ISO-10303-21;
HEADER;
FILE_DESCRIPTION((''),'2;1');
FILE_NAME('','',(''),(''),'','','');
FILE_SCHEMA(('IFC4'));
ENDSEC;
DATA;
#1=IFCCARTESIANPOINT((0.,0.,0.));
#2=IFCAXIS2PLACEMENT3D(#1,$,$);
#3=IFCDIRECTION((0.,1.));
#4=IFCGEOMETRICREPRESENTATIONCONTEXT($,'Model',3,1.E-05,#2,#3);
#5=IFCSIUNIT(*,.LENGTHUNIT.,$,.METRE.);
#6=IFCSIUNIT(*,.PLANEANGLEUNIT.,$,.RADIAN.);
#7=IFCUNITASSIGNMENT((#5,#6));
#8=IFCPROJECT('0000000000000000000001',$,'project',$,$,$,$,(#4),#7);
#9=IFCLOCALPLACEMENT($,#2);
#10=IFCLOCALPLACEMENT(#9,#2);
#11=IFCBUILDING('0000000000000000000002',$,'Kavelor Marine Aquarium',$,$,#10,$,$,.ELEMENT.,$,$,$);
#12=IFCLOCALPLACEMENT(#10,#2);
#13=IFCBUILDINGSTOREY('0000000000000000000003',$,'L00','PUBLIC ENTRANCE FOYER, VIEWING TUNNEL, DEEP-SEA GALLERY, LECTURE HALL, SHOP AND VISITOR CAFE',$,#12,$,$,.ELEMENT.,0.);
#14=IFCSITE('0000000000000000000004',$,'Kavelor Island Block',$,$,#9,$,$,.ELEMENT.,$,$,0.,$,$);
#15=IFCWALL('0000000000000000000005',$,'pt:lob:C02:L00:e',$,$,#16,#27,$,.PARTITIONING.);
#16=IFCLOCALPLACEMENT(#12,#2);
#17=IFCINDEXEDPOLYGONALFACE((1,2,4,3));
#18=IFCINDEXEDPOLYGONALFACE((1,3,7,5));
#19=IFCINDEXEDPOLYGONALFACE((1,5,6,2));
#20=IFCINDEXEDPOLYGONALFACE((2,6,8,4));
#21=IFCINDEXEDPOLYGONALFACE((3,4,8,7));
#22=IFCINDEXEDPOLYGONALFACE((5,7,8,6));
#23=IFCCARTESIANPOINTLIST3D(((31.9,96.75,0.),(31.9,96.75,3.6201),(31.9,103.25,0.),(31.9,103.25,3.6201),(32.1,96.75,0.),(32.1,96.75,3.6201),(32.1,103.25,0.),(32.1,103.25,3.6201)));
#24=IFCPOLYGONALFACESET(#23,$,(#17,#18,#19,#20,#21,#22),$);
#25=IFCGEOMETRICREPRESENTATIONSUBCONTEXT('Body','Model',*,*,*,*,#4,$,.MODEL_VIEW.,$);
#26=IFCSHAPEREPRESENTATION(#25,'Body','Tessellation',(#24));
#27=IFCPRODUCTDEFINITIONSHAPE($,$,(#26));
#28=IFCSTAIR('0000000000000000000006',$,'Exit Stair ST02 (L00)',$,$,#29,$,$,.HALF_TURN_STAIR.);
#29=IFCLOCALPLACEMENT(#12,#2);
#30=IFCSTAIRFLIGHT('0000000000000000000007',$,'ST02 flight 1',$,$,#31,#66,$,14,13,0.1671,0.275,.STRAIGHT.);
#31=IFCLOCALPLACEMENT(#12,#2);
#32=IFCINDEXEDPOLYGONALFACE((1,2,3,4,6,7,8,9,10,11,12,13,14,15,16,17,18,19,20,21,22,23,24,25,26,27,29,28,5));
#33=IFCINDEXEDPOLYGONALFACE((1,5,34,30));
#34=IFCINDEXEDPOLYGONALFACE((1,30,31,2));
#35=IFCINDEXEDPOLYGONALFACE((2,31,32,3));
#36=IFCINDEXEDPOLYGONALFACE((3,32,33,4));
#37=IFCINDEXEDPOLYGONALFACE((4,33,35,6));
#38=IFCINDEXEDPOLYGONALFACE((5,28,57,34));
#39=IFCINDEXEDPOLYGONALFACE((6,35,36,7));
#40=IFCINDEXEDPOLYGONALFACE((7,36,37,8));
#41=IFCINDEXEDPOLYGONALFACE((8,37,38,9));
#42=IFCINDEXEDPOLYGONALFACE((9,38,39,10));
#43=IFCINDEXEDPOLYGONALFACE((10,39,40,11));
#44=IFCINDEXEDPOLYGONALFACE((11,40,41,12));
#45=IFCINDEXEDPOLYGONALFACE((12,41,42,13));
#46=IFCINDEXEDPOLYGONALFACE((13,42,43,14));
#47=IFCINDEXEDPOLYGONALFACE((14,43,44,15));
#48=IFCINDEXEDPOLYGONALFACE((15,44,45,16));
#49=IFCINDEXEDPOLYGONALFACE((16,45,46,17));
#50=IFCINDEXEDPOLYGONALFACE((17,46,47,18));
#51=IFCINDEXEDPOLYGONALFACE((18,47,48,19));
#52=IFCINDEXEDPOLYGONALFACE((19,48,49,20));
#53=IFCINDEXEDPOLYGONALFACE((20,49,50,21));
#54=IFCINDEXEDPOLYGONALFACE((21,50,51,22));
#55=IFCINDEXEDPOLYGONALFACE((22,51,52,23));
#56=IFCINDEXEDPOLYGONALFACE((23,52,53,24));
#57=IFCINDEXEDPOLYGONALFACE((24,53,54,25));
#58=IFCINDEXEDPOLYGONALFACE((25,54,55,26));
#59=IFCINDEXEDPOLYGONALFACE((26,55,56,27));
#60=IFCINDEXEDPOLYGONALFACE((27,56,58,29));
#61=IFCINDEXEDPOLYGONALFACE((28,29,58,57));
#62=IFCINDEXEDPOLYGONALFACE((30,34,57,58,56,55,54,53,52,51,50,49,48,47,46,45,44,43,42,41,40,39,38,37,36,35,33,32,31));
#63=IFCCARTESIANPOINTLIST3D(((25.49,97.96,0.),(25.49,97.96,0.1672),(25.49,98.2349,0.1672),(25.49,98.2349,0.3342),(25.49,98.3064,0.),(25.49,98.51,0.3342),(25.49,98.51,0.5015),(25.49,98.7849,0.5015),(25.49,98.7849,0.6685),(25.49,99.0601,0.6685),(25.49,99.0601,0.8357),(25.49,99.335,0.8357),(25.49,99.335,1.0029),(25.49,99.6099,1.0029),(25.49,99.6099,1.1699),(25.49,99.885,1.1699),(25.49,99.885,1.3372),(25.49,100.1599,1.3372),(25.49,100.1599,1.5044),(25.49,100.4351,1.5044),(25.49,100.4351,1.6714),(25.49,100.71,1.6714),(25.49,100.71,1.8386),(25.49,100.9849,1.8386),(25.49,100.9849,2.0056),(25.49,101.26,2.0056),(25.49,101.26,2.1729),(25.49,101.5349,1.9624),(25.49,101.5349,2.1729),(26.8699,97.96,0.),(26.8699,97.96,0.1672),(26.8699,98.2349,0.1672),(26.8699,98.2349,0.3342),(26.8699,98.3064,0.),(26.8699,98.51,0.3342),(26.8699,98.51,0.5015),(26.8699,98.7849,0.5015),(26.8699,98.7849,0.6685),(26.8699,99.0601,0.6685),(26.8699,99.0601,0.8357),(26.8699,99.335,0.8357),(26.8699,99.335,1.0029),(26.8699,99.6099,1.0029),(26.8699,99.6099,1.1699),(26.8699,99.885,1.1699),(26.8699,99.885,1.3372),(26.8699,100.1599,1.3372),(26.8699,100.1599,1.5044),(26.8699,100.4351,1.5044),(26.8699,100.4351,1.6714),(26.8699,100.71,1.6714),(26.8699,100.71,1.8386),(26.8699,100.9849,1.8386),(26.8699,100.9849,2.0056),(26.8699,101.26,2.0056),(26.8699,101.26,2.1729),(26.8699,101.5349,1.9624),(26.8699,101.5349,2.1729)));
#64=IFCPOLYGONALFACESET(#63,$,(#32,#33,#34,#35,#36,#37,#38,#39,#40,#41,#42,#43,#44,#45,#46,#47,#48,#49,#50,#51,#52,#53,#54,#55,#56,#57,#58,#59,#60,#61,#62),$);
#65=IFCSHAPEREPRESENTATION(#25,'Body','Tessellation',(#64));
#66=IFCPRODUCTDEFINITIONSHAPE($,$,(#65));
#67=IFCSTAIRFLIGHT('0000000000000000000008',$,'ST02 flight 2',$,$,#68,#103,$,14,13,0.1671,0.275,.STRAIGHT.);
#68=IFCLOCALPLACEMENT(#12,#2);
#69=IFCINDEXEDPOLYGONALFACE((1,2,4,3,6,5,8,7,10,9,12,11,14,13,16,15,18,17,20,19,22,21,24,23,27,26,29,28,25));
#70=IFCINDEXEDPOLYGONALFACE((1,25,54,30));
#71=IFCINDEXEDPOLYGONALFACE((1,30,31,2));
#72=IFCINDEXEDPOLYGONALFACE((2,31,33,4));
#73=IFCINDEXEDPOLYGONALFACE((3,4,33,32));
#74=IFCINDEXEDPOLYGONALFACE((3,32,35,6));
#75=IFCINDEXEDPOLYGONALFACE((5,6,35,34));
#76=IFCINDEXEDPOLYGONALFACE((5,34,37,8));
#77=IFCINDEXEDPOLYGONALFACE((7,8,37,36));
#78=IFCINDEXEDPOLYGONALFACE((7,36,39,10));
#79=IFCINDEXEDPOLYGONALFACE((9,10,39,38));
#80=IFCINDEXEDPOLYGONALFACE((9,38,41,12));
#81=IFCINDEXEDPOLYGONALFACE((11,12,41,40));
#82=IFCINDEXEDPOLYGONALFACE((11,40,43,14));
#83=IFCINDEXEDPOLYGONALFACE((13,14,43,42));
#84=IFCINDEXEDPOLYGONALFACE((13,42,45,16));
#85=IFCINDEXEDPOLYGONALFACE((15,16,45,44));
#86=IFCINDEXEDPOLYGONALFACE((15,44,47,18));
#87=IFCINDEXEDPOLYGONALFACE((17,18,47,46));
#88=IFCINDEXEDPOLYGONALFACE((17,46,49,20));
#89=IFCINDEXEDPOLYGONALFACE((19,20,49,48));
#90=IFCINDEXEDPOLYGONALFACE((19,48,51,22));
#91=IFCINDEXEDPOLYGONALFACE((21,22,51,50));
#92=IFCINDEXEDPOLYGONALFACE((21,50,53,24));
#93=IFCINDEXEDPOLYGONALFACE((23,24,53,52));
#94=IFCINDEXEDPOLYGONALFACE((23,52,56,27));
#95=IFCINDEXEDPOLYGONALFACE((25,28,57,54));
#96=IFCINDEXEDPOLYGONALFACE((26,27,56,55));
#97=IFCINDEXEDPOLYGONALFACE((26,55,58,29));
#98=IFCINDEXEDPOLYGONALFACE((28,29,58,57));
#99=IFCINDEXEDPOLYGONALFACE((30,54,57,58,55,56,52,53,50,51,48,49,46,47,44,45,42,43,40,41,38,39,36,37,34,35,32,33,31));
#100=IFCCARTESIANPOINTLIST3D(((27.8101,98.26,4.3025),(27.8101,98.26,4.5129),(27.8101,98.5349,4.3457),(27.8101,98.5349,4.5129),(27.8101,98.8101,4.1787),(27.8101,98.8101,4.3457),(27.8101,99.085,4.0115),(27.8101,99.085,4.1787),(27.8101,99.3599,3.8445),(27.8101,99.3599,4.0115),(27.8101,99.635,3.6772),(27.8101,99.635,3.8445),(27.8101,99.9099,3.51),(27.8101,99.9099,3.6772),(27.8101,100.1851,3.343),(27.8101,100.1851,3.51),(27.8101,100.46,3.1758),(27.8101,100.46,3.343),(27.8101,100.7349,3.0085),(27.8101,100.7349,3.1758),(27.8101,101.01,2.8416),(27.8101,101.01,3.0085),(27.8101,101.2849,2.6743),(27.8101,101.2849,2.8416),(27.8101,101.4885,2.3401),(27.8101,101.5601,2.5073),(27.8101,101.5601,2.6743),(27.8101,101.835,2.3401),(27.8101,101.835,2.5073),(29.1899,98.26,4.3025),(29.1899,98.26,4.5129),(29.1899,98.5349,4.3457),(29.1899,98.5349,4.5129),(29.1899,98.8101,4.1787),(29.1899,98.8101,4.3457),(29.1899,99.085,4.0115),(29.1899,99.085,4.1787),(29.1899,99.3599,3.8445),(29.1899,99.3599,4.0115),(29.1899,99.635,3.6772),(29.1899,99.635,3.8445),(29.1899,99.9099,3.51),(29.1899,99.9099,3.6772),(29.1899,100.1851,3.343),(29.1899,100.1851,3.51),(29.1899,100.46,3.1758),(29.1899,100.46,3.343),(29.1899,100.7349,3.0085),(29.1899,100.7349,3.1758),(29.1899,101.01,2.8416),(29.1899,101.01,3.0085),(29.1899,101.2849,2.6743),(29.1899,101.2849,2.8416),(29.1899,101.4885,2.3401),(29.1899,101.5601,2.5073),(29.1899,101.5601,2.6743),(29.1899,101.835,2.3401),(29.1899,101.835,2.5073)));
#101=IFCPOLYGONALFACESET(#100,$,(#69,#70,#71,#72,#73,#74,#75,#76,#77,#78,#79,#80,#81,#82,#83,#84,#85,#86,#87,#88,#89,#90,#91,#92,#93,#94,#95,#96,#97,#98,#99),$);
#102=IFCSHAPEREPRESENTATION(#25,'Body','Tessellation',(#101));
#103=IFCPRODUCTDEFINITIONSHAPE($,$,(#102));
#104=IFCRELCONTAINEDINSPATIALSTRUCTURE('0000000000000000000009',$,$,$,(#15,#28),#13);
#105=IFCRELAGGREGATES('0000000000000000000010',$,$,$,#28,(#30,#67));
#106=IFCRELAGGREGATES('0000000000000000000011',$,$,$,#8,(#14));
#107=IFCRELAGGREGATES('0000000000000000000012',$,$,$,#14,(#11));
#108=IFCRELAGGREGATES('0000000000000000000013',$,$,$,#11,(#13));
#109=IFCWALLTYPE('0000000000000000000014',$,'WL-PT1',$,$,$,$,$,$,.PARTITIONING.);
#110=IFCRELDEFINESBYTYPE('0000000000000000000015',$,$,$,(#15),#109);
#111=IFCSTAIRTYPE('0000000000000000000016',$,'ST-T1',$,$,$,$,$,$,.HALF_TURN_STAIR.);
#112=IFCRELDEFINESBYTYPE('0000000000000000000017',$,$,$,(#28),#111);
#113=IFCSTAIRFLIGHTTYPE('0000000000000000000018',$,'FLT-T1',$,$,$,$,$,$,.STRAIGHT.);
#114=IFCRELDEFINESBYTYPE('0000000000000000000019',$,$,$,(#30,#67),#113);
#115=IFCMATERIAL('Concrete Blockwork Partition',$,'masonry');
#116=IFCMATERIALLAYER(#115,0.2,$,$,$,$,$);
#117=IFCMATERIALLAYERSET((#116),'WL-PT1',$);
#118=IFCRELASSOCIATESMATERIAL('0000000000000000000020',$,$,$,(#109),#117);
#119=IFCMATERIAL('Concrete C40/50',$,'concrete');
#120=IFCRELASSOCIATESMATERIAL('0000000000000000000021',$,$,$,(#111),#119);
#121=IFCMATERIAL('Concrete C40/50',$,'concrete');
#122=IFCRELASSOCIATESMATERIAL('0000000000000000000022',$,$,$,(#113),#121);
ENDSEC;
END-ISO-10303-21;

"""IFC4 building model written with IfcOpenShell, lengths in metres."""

from ifc_helpers import new_model, si_unit, direction, frame, frame_2d, origin, place, context, subcontext, project, spatial, polyline, rectangle, outline, extrude, material, layer, layer_set, type_object, element, aggregate, save


model = new_model("IFC4")

# Units and contexts
model_context = context("Model", 3, precision=1e-05, world=origin(), true_north=direction((0.0, 1.0)))
body_context = subcontext(model_context, "Body", "Model", "MODEL_VIEW")
ifc_project = project(units=[si_unit("LENGTHUNIT", "METRE"), si_unit("PLANEANGLEUNIT", "RADIAN")], contexts=[model_context])

# Site, building, storey
site_placement = place(None, origin())
site = spatial("IfcSite", under=ifc_project, at=site_placement, Name="Kavelor Island Block", CompositionType="ELEMENT", RefElevation=0.0)
building_placement = place(site_placement, origin())
building = spatial("IfcBuilding", under=site, at=building_placement, Name="Kavelor Marine Aquarium", CompositionType="ELEMENT")
storey_placement = place(building_placement, origin())
storey = spatial("IfcBuildingStorey", under=building, at=storey_placement, Name="L00", Description="PUBLIC ENTRANCE FOYER, VIEWING TUNNEL, DEEP-SEA GALLERY, LECTURE HALL, SHOP AND VISITOR CAFE", CompositionType="ELEMENT", Elevation=0.0)

# Wall
ifc_material_1 = material(Name="Concrete Blockwork Partition", Category="masonry")
ifc_layer_1 = layer(ifc_material_1, 0.2)
ifc_layer_set_1 = layer_set([ifc_layer_1], Name="WL-PT1")
wall_type_1 = type_object("IfcWallType", Name="WL-PT1", PredefinedType="PARTITIONING", material=ifc_layer_set_1)
wall_1_placement = place(storey_placement, frame((32.0, 96.75, 0.0), z_axis=(0.0, 0.0, 1.0), x_axis=(0.0, 1.0, 0.0)))
element("IfcWall", 1, at=wall_1_placement, inside=storey, type_object=wall_type_1, Name="pt:lob:C02:L00:e", PredefinedType="PARTITIONING", context=body_context, shape_type="SweptSolid", body=[
    extrude(rectangle(XDim=6.5, YDim=0.2, at=frame_2d((3.25, 0.0))), origin(), (0.0, 0.0, 1.0), 3.6201),
])

# Stair, stair flights
ifc_material_2 = material(Name="Concrete C40/50", Category="concrete")
stair_type = type_object("IfcStairType", Name="ST-T1", PredefinedType="HALF_TURN_STAIR", material=ifc_material_2)
stair_placement = place(storey_placement, origin())
stair = element("IfcStair", 2, at=stair_placement, inside=storey, type_object=stair_type, Name="Exit Stair ST02 (L00)", PredefinedType="HALF_TURN_STAIR")
ifc_material_3 = material(Name="Concrete C40/50", Category="concrete")
stair_flight_type = type_object("IfcStairFlightType", Name="FLT-T1", PredefinedType="STRAIGHT", material=ifc_material_3)
stair_flight_1_placement = place(storey_placement, frame((26.1799, 97.96, 0.0), z_axis=(0.0, 0.0, 1.0), x_axis=(0.0, 1.0, 0.0)))
stair_flight_1 = element("IfcStairFlight", 3, at=stair_flight_1_placement, type_object=stair_flight_type, Name="ST02 flight 1", NumberOfRisers=14, NumberOfTreads=13, PredefinedType="STRAIGHT", RiserHeight=0.1671, TreadLength=0.275, context=body_context, shape_type="SweptSolid", body=[
    extrude(outline(polyline([(0.0, 0.0), (0.0, 0.1672), (0.2749, 0.1672), (0.2749, 0.3342), (0.55, 0.3342), (0.55, 0.5015), (0.825, 0.5015), (0.825, 0.6685), (1.1001, 0.6685), (1.1001, 0.8357), (1.375, 0.8357), (1.375, 1.0029), (1.6499, 1.0029), (1.6499, 1.1699), (1.925, 1.1699), (1.925, 1.3372), (2.2, 1.3372), (2.2, 1.5044), (2.4751, 1.5044), (2.4751, 1.6714), (2.75, 1.6714), (2.75, 1.8386), (3.0249, 1.8386), (3.0249, 2.0056), (3.3, 2.0056), (3.3, 2.1729), (3.575, 2.1729), (3.575, 2.3401), (3.575, 1.9624), (0.3464, 0.0), (0.0, 0.0)])), frame((0.0, 0.6899, 0.0), z_axis=(0.0, -1.0, 0.0), x_axis=(1.0, 0.0, 0.0)), (0.0, 0.0, 1.0), 1.3799),
])
stair_flight_2_placement = place(storey_placement, frame((28.5, 101.835, 2.3401), z_axis=(0.0, 0.0, 1.0), x_axis=(0.0, -1.0, 0.0)))
stair_flight_2 = element("IfcStairFlight", 4, at=stair_flight_2_placement, type_object=stair_flight_type, Name="ST02 flight 2", NumberOfRisers=14, NumberOfTreads=13, PredefinedType="STRAIGHT", RiserHeight=0.1671, TreadLength=0.275, context=body_context, shape_type="SweptSolid", body=[
    extrude(outline(polyline([(0.0, 0.0), (0.0, 0.1672), (0.2749, 0.1672), (0.2749, 0.3342), (0.55, 0.3342), (0.55, 0.5015), (0.825, 0.5015), (0.825, 0.6685), (1.1001, 0.6685), (1.1001, 0.8357), (1.375, 0.8357), (1.375, 1.0029), (1.6499, 1.0029), (1.6499, 1.1699), (1.925, 1.1699), (1.925, 1.3372), (2.2, 1.3372), (2.2, 1.5044), (2.4751, 1.5044), (2.4751, 1.6714), (2.75, 1.6714), (2.75, 1.8386), (3.0249, 1.8386), (3.0249, 2.0056), (3.3, 2.0056), (3.3, 2.1729), (3.575, 2.1729), (3.575, 2.3401), (3.575, 1.9624), (0.3464, 0.0), (0.0, 0.0)])), frame((0.0, 0.6899, 0.0), z_axis=(0.0, -1.0, 0.0), x_axis=(1.0, 0.0, 0.0)), (0.0, 0.0, 1.0), 1.3799),
])
aggregate(stair, [stair_flight_1, stair_flight_2])

save(model, "model.ifc")
